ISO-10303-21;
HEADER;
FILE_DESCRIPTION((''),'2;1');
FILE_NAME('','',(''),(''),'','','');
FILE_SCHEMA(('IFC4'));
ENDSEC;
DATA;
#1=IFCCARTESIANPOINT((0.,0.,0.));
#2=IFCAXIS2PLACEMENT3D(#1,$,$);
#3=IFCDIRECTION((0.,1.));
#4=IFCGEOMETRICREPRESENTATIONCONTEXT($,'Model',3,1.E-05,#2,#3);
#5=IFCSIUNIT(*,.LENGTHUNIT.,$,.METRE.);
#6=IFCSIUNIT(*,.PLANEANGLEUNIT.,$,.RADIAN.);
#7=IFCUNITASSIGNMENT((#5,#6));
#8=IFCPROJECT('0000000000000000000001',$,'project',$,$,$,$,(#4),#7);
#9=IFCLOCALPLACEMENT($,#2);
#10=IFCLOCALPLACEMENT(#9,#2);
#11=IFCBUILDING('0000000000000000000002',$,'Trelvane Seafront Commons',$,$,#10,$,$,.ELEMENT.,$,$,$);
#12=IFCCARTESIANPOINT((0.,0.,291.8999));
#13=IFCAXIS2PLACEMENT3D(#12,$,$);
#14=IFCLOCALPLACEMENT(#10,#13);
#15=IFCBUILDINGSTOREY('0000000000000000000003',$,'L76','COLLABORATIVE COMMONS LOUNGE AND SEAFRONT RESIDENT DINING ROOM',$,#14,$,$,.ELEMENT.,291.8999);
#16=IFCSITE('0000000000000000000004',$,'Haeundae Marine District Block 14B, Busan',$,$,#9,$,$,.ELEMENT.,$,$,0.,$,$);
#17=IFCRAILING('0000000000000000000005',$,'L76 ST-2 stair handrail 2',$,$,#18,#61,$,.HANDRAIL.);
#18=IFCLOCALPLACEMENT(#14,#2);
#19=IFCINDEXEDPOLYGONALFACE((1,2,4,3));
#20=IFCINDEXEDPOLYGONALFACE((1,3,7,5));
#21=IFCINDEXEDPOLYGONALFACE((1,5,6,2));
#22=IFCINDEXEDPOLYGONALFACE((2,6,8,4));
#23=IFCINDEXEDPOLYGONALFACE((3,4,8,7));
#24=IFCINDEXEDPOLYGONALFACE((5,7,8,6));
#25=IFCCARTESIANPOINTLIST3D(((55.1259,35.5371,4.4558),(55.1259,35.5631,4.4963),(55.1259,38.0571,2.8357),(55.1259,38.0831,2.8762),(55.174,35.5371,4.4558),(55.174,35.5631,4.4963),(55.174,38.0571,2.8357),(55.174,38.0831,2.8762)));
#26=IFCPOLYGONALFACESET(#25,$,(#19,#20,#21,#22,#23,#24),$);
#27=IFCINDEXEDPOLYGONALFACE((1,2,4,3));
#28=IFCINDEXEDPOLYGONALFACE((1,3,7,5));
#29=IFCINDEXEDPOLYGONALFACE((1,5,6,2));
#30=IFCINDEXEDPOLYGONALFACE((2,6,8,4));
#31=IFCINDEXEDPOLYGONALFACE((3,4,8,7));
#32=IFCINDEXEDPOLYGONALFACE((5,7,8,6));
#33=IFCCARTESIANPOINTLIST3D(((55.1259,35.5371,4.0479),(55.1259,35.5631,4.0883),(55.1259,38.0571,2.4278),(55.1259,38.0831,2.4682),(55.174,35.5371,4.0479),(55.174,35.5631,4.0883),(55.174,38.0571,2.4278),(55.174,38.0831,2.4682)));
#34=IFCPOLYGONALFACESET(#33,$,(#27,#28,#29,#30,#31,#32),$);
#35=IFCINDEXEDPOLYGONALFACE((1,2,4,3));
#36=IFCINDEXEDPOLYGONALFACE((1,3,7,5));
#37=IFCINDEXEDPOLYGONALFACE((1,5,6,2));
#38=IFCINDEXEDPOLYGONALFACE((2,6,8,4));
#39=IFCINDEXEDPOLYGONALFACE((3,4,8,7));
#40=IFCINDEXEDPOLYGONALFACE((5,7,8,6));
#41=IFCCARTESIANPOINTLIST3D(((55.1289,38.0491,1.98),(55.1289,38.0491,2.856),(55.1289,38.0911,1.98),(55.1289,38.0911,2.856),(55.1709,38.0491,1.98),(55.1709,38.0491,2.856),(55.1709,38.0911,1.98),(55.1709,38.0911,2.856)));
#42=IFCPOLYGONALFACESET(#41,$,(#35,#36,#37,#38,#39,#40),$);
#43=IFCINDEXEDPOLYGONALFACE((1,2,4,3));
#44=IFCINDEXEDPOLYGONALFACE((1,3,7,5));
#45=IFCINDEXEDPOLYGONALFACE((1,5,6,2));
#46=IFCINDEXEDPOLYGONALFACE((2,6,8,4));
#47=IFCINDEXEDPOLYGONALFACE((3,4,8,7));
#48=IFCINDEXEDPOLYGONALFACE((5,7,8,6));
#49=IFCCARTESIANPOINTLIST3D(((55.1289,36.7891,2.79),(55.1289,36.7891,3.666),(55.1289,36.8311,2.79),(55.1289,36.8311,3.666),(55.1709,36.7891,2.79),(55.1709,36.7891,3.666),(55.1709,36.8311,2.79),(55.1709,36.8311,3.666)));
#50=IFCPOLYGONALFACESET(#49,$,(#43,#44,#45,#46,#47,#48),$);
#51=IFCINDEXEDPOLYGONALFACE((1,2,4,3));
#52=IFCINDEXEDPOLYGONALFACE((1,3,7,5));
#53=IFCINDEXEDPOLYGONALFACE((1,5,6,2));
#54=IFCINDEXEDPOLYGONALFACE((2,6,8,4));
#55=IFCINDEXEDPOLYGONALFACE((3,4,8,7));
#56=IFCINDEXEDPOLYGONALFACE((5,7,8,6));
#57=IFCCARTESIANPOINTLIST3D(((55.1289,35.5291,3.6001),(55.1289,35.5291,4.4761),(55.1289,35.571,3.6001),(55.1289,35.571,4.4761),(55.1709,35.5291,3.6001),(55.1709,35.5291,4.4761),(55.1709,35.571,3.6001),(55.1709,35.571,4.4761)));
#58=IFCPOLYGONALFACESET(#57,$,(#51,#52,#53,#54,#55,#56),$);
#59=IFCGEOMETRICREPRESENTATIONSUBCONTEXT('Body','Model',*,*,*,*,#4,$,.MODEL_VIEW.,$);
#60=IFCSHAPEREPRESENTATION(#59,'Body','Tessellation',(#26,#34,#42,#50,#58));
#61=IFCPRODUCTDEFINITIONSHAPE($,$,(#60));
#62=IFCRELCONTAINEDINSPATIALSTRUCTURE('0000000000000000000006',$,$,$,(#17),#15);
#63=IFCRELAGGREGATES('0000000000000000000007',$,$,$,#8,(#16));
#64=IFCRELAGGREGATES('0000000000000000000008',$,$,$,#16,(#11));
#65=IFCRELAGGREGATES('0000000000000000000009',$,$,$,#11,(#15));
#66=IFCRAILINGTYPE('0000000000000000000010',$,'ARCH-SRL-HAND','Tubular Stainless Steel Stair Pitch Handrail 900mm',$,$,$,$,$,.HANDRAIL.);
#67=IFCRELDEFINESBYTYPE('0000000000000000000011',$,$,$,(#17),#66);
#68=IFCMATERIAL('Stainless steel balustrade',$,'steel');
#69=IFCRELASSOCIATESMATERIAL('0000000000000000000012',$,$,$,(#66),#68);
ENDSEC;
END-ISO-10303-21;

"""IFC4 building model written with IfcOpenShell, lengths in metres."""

from ifc_helpers import new_model, si_unit, direction, frame, origin, origin_2d, place, context, subcontext, project, spatial, rectangle, extrude, material, type_object, element, save


model = new_model("IFC4")

# Units and contexts
model_context = context("Model", 3, precision=1e-05, world=origin(), true_north=direction((0.0, 1.0)))
body_context = subcontext(model_context, "Body", "Model", "MODEL_VIEW")
ifc_project = project(units=[si_unit("LENGTHUNIT", "METRE"), si_unit("PLANEANGLEUNIT", "RADIAN")], contexts=[model_context])

# Site, building, storey
site_placement = place(None, origin())
site = spatial("IfcSite", under=ifc_project, at=site_placement, Name="Haeundae Marine District Block 14B, Busan", CompositionType="ELEMENT", RefElevation=0.0)
building_placement = place(site_placement, origin())
building = spatial("IfcBuilding", under=site, at=building_placement, Name="Trelvane Seafront Commons", CompositionType="ELEMENT")
storey_placement = place(building_placement, frame((0.0, 0.0, 291.8999)))
storey = spatial("IfcBuildingStorey", under=building, at=storey_placement, Name="L76", Description="COLLABORATIVE COMMONS LOUNGE AND SEAFRONT RESIDENT DINING ROOM", CompositionType="ELEMENT", Elevation=291.8999)

# Railing
ifc_material_1 = material(Name="Stainless steel balustrade", Category="steel")
railing_type_1 = type_object("IfcRailingType", Name="ARCH-SRL-HAND", Description="Tubular Stainless Steel Stair Pitch Handrail 900mm", PredefinedType="HANDRAIL", material=ifc_material_1)
railing_1_placement = place(storey_placement, frame((55.1499, 38.0701, 1.98)))
element("IfcRailing", 1, at=railing_1_placement, inside=storey, type_object=railing_type_1, Name="L76 ST-2 stair handrail 2", PredefinedType="HANDRAIL", context=body_context, shape_type="SweptSolid", body=[
    extrude(rectangle(XDim=0.0481, YDim=0.0481, at=origin_2d()), frame((0.0, 0.0, 0.876), z_axis=(0.0, -0.841163, 0.540782), x_axis=(1.0, 0.0, 0.0)), (0.0, 0.0, 1.0), 2.9958),
    extrude(rectangle(XDim=0.0481, YDim=0.0481, at=origin_2d()), frame((0.0, 0.0, 0.468), z_axis=(0.0, -0.841163, 0.540782), x_axis=(1.0, 0.0, 0.0)), (0.0, 0.0, 1.0), 2.9958),
    extrude(rectangle(XDim=0.042, YDim=0.042, at=origin_2d()), origin(), (0.0, 0.0, 1.0), 0.876),
    extrude(rectangle(XDim=0.042, YDim=0.042, at=origin_2d()), frame((0.0, -1.26, 0.8101)), (0.0, 0.0, 1.0), 0.876),
    extrude(rectangle(XDim=0.042, YDim=0.042, at=origin_2d()), frame((0.0, -2.52, 1.6201)), (0.0, 0.0, 1.0), 0.876),
])

save(model, "model.ifc")
